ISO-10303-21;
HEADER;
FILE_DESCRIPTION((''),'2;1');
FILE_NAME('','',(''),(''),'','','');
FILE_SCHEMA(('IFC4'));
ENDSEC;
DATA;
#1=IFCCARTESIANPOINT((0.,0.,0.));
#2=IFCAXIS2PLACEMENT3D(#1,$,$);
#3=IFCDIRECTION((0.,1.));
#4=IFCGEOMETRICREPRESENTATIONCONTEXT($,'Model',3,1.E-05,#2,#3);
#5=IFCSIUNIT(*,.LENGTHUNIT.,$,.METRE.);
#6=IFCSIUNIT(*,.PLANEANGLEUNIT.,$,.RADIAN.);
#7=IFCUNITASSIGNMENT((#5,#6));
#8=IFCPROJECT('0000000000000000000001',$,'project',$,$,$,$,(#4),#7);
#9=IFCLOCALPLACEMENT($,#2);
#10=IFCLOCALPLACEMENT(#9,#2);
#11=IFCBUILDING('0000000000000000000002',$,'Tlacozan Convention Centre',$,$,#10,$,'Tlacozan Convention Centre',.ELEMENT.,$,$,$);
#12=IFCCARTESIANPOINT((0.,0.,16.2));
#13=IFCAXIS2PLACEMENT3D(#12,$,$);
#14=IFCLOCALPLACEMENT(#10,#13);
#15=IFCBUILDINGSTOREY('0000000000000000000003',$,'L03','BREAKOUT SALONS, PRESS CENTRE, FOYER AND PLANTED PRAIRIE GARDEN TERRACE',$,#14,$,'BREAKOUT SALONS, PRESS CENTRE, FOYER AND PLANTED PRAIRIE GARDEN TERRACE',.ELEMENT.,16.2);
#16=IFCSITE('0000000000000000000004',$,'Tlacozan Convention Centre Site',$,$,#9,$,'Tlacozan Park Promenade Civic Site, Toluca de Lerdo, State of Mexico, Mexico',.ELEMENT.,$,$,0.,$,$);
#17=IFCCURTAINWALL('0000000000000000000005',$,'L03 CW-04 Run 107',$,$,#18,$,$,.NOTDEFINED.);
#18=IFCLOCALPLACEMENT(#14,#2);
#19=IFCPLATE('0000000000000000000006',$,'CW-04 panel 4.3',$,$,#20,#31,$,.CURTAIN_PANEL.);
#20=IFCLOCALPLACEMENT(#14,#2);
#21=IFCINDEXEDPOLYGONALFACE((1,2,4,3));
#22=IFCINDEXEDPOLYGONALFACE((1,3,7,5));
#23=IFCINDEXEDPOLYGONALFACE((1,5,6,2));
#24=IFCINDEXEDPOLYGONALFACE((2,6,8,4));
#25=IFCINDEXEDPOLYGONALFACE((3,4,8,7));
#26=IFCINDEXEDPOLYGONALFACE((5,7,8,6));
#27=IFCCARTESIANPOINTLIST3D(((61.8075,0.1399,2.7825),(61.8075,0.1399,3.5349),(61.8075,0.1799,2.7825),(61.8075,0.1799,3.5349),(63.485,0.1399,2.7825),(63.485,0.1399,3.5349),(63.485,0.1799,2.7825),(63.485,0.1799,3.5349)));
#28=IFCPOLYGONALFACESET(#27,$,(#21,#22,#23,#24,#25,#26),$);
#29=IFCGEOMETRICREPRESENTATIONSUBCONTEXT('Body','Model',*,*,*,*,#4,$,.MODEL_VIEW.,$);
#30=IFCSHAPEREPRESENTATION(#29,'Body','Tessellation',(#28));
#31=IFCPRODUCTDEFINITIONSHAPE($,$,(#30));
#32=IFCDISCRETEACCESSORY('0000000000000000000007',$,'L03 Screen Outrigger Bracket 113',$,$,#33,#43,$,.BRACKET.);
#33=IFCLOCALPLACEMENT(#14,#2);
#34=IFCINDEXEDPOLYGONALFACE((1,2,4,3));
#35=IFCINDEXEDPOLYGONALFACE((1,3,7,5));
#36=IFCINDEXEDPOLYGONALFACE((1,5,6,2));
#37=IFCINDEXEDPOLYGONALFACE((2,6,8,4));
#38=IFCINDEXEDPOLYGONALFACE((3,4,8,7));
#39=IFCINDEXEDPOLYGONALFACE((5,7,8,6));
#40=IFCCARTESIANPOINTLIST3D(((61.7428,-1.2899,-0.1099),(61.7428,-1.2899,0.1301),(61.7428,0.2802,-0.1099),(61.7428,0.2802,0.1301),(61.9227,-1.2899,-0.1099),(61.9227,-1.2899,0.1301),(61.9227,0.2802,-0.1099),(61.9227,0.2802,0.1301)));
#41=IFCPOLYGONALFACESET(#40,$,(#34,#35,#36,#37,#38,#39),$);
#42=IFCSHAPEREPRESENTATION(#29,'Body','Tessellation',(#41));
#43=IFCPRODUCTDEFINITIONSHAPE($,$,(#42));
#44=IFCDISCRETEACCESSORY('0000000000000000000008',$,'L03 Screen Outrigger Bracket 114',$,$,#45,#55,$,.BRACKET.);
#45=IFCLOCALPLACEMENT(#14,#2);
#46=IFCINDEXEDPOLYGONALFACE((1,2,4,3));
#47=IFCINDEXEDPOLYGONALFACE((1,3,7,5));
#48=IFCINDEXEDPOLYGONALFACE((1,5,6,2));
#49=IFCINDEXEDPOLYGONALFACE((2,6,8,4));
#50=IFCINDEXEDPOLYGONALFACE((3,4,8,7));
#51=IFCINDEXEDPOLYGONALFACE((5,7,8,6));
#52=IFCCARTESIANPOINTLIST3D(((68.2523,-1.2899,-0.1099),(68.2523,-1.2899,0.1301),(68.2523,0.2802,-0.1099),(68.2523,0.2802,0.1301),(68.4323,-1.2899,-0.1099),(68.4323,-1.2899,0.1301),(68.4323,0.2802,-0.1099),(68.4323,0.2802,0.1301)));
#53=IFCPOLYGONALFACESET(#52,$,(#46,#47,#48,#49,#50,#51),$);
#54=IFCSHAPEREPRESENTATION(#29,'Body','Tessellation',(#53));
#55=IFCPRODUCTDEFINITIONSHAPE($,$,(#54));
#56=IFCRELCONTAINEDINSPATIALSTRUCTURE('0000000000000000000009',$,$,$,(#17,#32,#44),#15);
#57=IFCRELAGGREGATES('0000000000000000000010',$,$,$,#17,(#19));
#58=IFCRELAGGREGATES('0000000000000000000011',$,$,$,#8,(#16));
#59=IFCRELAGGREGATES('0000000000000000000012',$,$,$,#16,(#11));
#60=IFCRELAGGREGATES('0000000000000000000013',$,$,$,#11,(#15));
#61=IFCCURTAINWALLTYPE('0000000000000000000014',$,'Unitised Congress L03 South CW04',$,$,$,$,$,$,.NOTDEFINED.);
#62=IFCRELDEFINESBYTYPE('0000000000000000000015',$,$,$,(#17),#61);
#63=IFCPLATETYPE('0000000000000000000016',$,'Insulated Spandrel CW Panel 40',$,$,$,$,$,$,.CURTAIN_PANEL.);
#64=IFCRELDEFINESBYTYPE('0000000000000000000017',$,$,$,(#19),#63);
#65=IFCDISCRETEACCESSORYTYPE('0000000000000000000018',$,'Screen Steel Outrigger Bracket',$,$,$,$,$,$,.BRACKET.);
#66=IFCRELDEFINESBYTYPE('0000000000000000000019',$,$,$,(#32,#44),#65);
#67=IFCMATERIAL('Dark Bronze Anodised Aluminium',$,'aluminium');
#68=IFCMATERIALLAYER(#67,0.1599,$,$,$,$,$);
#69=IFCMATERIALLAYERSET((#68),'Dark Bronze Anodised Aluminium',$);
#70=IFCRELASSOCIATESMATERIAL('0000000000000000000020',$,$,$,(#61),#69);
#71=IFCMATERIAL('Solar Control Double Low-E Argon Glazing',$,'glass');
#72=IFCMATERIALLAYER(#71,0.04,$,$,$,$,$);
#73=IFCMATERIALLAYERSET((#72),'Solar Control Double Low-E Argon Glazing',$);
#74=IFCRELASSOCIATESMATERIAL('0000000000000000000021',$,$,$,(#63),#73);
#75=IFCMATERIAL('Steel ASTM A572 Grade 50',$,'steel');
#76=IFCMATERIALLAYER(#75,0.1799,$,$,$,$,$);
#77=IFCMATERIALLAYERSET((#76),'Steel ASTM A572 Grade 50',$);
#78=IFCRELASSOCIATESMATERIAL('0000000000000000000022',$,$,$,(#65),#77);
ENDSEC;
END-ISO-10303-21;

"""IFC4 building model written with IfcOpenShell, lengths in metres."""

from ifc_helpers import new_model, si_unit, direction, frame, origin, origin_2d, place, context, subcontext, project, spatial, rectangle, extrude, material, layer, layer_set, type_object, element, aggregate, save


model = new_model("IFC4")

# Units and contexts
model_context = context("Model", 3, precision=1e-05, world=origin(), true_north=direction((0.0, 1.0)))
body_context = subcontext(model_context, "Body", "Model", "MODEL_VIEW")
ifc_project = project(units=[si_unit("LENGTHUNIT", "METRE"), si_unit("PLANEANGLEUNIT", "RADIAN")], contexts=[model_context])

# Site, building, storey
site_placement = place(None, origin())
site = spatial("IfcSite", under=ifc_project, at=site_placement, Name="Tlacozan Convention Centre Site", LongName="Tlacozan Park Promenade Civic Site, Toluca de Lerdo, State of Mexico, Mexico", CompositionType="ELEMENT", RefElevation=0.0)
building_placement = place(site_placement, origin())
building = spatial("IfcBuilding", under=site, at=building_placement, Name="Tlacozan Convention Centre", LongName="Tlacozan Convention Centre", CompositionType="ELEMENT")
storey_placement = place(building_placement, frame((0.0, 0.0, 16.2)))
storey = spatial("IfcBuildingStorey", under=building, at=storey_placement, Name="L03", Description="BREAKOUT SALONS, PRESS CENTRE, FOYER AND PLANTED PRAIRIE GARDEN TERRACE", LongName="BREAKOUT SALONS, PRESS CENTRE, FOYER AND PLANTED PRAIRIE GARDEN TERRACE", CompositionType="ELEMENT", Elevation=16.2)

# Curtain wall
ifc_material_1 = material(Name="Dark Bronze Anodised Aluminium", Category="aluminium")
ifc_layer_1 = layer(ifc_material_1, 0.1599)
ifc_layer_set_1 = layer_set([ifc_layer_1], Name="Dark Bronze Anodised Aluminium")
curtain_wall_type = type_object("IfcCurtainWallType", Name="Unitised Congress L03 South CW04", PredefinedType="NOTDEFINED", material=ifc_layer_set_1)
curtain_wall_1_placement = place(storey_placement, origin())
curtain_wall_1 = element("IfcCurtainWall", 1, at=curtain_wall_1_placement, inside=storey, type_object=curtain_wall_type, Name="L03 CW-04 Run 107", PredefinedType="NOTDEFINED")

# Plate
ifc_material_2 = material(Name="Solar Control Double Low-E Argon Glazing", Category="glass")
ifc_layer_2 = layer(ifc_material_2, 0.04)
ifc_layer_set_2 = layer_set([ifc_layer_2], Name="Solar Control Double Low-E Argon Glazing")
plate_type_1 = type_object("IfcPlateType", Name="Insulated Spandrel CW Panel 40", PredefinedType="CURTAIN_PANEL", material=ifc_layer_set_2)
plate_1_placement = place(storey_placement, frame((62.6462, 0.1599, 2.7825), z_axis=(0.0, 0.0, 1.0), x_axis=(1.0, 0.0, 0.0)))
plate_1 = element("IfcPlate", 2, at=plate_1_placement, type_object=plate_type_1, Name="CW-04 panel 4.3", PredefinedType="CURTAIN_PANEL", context=body_context, shape_type="SweptSolid", body=[
    extrude(rectangle(XDim=1.6775, YDim=0.04, at=origin_2d()), origin(), (0.0, 0.0, 1.0), 0.7524),
])
aggregate(curtain_wall_1, [plate_1])

# Discrete accessories
ifc_material_3 = material(Name="Steel ASTM A572 Grade 50", Category="steel")
ifc_layer_3 = layer(ifc_material_3, 0.1799)
ifc_layer_set_3 = layer_set([ifc_layer_3], Name="Steel ASTM A572 Grade 50")
discrete_accessory_type = type_object("IfcDiscreteAccessoryType", Name="Screen Steel Outrigger Bracket", PredefinedType="BRACKET", material=ifc_layer_set_3)
for number, where, z_axis, x_axis, name in (
    (3, (61.8328, -0.5049, -0.1099), (0.0, 0.0, 1.0), (0.0, 1.0, 0.0), "L03 Screen Outrigger Bracket 113"),
    (4, (68.3423, -0.5049, -0.1099), (0.0, 0.0, 1.0), (0.0, 1.0, 0.0), "L03 Screen Outrigger Bracket 114"),
):
    element("IfcDiscreteAccessory", number, at=place(storey_placement, frame(where, z_axis=z_axis, x_axis=x_axis)), inside=storey, type_object=discrete_accessory_type, Name=name, PredefinedType="BRACKET", context=body_context, shape_type="SweptSolid", body=[
        extrude(rectangle(XDim=1.5701, YDim=0.1799, at=origin_2d()), origin(), (0.0, 0.0, 1.0), 0.24),
    ])

save(model, "model.ifc")
